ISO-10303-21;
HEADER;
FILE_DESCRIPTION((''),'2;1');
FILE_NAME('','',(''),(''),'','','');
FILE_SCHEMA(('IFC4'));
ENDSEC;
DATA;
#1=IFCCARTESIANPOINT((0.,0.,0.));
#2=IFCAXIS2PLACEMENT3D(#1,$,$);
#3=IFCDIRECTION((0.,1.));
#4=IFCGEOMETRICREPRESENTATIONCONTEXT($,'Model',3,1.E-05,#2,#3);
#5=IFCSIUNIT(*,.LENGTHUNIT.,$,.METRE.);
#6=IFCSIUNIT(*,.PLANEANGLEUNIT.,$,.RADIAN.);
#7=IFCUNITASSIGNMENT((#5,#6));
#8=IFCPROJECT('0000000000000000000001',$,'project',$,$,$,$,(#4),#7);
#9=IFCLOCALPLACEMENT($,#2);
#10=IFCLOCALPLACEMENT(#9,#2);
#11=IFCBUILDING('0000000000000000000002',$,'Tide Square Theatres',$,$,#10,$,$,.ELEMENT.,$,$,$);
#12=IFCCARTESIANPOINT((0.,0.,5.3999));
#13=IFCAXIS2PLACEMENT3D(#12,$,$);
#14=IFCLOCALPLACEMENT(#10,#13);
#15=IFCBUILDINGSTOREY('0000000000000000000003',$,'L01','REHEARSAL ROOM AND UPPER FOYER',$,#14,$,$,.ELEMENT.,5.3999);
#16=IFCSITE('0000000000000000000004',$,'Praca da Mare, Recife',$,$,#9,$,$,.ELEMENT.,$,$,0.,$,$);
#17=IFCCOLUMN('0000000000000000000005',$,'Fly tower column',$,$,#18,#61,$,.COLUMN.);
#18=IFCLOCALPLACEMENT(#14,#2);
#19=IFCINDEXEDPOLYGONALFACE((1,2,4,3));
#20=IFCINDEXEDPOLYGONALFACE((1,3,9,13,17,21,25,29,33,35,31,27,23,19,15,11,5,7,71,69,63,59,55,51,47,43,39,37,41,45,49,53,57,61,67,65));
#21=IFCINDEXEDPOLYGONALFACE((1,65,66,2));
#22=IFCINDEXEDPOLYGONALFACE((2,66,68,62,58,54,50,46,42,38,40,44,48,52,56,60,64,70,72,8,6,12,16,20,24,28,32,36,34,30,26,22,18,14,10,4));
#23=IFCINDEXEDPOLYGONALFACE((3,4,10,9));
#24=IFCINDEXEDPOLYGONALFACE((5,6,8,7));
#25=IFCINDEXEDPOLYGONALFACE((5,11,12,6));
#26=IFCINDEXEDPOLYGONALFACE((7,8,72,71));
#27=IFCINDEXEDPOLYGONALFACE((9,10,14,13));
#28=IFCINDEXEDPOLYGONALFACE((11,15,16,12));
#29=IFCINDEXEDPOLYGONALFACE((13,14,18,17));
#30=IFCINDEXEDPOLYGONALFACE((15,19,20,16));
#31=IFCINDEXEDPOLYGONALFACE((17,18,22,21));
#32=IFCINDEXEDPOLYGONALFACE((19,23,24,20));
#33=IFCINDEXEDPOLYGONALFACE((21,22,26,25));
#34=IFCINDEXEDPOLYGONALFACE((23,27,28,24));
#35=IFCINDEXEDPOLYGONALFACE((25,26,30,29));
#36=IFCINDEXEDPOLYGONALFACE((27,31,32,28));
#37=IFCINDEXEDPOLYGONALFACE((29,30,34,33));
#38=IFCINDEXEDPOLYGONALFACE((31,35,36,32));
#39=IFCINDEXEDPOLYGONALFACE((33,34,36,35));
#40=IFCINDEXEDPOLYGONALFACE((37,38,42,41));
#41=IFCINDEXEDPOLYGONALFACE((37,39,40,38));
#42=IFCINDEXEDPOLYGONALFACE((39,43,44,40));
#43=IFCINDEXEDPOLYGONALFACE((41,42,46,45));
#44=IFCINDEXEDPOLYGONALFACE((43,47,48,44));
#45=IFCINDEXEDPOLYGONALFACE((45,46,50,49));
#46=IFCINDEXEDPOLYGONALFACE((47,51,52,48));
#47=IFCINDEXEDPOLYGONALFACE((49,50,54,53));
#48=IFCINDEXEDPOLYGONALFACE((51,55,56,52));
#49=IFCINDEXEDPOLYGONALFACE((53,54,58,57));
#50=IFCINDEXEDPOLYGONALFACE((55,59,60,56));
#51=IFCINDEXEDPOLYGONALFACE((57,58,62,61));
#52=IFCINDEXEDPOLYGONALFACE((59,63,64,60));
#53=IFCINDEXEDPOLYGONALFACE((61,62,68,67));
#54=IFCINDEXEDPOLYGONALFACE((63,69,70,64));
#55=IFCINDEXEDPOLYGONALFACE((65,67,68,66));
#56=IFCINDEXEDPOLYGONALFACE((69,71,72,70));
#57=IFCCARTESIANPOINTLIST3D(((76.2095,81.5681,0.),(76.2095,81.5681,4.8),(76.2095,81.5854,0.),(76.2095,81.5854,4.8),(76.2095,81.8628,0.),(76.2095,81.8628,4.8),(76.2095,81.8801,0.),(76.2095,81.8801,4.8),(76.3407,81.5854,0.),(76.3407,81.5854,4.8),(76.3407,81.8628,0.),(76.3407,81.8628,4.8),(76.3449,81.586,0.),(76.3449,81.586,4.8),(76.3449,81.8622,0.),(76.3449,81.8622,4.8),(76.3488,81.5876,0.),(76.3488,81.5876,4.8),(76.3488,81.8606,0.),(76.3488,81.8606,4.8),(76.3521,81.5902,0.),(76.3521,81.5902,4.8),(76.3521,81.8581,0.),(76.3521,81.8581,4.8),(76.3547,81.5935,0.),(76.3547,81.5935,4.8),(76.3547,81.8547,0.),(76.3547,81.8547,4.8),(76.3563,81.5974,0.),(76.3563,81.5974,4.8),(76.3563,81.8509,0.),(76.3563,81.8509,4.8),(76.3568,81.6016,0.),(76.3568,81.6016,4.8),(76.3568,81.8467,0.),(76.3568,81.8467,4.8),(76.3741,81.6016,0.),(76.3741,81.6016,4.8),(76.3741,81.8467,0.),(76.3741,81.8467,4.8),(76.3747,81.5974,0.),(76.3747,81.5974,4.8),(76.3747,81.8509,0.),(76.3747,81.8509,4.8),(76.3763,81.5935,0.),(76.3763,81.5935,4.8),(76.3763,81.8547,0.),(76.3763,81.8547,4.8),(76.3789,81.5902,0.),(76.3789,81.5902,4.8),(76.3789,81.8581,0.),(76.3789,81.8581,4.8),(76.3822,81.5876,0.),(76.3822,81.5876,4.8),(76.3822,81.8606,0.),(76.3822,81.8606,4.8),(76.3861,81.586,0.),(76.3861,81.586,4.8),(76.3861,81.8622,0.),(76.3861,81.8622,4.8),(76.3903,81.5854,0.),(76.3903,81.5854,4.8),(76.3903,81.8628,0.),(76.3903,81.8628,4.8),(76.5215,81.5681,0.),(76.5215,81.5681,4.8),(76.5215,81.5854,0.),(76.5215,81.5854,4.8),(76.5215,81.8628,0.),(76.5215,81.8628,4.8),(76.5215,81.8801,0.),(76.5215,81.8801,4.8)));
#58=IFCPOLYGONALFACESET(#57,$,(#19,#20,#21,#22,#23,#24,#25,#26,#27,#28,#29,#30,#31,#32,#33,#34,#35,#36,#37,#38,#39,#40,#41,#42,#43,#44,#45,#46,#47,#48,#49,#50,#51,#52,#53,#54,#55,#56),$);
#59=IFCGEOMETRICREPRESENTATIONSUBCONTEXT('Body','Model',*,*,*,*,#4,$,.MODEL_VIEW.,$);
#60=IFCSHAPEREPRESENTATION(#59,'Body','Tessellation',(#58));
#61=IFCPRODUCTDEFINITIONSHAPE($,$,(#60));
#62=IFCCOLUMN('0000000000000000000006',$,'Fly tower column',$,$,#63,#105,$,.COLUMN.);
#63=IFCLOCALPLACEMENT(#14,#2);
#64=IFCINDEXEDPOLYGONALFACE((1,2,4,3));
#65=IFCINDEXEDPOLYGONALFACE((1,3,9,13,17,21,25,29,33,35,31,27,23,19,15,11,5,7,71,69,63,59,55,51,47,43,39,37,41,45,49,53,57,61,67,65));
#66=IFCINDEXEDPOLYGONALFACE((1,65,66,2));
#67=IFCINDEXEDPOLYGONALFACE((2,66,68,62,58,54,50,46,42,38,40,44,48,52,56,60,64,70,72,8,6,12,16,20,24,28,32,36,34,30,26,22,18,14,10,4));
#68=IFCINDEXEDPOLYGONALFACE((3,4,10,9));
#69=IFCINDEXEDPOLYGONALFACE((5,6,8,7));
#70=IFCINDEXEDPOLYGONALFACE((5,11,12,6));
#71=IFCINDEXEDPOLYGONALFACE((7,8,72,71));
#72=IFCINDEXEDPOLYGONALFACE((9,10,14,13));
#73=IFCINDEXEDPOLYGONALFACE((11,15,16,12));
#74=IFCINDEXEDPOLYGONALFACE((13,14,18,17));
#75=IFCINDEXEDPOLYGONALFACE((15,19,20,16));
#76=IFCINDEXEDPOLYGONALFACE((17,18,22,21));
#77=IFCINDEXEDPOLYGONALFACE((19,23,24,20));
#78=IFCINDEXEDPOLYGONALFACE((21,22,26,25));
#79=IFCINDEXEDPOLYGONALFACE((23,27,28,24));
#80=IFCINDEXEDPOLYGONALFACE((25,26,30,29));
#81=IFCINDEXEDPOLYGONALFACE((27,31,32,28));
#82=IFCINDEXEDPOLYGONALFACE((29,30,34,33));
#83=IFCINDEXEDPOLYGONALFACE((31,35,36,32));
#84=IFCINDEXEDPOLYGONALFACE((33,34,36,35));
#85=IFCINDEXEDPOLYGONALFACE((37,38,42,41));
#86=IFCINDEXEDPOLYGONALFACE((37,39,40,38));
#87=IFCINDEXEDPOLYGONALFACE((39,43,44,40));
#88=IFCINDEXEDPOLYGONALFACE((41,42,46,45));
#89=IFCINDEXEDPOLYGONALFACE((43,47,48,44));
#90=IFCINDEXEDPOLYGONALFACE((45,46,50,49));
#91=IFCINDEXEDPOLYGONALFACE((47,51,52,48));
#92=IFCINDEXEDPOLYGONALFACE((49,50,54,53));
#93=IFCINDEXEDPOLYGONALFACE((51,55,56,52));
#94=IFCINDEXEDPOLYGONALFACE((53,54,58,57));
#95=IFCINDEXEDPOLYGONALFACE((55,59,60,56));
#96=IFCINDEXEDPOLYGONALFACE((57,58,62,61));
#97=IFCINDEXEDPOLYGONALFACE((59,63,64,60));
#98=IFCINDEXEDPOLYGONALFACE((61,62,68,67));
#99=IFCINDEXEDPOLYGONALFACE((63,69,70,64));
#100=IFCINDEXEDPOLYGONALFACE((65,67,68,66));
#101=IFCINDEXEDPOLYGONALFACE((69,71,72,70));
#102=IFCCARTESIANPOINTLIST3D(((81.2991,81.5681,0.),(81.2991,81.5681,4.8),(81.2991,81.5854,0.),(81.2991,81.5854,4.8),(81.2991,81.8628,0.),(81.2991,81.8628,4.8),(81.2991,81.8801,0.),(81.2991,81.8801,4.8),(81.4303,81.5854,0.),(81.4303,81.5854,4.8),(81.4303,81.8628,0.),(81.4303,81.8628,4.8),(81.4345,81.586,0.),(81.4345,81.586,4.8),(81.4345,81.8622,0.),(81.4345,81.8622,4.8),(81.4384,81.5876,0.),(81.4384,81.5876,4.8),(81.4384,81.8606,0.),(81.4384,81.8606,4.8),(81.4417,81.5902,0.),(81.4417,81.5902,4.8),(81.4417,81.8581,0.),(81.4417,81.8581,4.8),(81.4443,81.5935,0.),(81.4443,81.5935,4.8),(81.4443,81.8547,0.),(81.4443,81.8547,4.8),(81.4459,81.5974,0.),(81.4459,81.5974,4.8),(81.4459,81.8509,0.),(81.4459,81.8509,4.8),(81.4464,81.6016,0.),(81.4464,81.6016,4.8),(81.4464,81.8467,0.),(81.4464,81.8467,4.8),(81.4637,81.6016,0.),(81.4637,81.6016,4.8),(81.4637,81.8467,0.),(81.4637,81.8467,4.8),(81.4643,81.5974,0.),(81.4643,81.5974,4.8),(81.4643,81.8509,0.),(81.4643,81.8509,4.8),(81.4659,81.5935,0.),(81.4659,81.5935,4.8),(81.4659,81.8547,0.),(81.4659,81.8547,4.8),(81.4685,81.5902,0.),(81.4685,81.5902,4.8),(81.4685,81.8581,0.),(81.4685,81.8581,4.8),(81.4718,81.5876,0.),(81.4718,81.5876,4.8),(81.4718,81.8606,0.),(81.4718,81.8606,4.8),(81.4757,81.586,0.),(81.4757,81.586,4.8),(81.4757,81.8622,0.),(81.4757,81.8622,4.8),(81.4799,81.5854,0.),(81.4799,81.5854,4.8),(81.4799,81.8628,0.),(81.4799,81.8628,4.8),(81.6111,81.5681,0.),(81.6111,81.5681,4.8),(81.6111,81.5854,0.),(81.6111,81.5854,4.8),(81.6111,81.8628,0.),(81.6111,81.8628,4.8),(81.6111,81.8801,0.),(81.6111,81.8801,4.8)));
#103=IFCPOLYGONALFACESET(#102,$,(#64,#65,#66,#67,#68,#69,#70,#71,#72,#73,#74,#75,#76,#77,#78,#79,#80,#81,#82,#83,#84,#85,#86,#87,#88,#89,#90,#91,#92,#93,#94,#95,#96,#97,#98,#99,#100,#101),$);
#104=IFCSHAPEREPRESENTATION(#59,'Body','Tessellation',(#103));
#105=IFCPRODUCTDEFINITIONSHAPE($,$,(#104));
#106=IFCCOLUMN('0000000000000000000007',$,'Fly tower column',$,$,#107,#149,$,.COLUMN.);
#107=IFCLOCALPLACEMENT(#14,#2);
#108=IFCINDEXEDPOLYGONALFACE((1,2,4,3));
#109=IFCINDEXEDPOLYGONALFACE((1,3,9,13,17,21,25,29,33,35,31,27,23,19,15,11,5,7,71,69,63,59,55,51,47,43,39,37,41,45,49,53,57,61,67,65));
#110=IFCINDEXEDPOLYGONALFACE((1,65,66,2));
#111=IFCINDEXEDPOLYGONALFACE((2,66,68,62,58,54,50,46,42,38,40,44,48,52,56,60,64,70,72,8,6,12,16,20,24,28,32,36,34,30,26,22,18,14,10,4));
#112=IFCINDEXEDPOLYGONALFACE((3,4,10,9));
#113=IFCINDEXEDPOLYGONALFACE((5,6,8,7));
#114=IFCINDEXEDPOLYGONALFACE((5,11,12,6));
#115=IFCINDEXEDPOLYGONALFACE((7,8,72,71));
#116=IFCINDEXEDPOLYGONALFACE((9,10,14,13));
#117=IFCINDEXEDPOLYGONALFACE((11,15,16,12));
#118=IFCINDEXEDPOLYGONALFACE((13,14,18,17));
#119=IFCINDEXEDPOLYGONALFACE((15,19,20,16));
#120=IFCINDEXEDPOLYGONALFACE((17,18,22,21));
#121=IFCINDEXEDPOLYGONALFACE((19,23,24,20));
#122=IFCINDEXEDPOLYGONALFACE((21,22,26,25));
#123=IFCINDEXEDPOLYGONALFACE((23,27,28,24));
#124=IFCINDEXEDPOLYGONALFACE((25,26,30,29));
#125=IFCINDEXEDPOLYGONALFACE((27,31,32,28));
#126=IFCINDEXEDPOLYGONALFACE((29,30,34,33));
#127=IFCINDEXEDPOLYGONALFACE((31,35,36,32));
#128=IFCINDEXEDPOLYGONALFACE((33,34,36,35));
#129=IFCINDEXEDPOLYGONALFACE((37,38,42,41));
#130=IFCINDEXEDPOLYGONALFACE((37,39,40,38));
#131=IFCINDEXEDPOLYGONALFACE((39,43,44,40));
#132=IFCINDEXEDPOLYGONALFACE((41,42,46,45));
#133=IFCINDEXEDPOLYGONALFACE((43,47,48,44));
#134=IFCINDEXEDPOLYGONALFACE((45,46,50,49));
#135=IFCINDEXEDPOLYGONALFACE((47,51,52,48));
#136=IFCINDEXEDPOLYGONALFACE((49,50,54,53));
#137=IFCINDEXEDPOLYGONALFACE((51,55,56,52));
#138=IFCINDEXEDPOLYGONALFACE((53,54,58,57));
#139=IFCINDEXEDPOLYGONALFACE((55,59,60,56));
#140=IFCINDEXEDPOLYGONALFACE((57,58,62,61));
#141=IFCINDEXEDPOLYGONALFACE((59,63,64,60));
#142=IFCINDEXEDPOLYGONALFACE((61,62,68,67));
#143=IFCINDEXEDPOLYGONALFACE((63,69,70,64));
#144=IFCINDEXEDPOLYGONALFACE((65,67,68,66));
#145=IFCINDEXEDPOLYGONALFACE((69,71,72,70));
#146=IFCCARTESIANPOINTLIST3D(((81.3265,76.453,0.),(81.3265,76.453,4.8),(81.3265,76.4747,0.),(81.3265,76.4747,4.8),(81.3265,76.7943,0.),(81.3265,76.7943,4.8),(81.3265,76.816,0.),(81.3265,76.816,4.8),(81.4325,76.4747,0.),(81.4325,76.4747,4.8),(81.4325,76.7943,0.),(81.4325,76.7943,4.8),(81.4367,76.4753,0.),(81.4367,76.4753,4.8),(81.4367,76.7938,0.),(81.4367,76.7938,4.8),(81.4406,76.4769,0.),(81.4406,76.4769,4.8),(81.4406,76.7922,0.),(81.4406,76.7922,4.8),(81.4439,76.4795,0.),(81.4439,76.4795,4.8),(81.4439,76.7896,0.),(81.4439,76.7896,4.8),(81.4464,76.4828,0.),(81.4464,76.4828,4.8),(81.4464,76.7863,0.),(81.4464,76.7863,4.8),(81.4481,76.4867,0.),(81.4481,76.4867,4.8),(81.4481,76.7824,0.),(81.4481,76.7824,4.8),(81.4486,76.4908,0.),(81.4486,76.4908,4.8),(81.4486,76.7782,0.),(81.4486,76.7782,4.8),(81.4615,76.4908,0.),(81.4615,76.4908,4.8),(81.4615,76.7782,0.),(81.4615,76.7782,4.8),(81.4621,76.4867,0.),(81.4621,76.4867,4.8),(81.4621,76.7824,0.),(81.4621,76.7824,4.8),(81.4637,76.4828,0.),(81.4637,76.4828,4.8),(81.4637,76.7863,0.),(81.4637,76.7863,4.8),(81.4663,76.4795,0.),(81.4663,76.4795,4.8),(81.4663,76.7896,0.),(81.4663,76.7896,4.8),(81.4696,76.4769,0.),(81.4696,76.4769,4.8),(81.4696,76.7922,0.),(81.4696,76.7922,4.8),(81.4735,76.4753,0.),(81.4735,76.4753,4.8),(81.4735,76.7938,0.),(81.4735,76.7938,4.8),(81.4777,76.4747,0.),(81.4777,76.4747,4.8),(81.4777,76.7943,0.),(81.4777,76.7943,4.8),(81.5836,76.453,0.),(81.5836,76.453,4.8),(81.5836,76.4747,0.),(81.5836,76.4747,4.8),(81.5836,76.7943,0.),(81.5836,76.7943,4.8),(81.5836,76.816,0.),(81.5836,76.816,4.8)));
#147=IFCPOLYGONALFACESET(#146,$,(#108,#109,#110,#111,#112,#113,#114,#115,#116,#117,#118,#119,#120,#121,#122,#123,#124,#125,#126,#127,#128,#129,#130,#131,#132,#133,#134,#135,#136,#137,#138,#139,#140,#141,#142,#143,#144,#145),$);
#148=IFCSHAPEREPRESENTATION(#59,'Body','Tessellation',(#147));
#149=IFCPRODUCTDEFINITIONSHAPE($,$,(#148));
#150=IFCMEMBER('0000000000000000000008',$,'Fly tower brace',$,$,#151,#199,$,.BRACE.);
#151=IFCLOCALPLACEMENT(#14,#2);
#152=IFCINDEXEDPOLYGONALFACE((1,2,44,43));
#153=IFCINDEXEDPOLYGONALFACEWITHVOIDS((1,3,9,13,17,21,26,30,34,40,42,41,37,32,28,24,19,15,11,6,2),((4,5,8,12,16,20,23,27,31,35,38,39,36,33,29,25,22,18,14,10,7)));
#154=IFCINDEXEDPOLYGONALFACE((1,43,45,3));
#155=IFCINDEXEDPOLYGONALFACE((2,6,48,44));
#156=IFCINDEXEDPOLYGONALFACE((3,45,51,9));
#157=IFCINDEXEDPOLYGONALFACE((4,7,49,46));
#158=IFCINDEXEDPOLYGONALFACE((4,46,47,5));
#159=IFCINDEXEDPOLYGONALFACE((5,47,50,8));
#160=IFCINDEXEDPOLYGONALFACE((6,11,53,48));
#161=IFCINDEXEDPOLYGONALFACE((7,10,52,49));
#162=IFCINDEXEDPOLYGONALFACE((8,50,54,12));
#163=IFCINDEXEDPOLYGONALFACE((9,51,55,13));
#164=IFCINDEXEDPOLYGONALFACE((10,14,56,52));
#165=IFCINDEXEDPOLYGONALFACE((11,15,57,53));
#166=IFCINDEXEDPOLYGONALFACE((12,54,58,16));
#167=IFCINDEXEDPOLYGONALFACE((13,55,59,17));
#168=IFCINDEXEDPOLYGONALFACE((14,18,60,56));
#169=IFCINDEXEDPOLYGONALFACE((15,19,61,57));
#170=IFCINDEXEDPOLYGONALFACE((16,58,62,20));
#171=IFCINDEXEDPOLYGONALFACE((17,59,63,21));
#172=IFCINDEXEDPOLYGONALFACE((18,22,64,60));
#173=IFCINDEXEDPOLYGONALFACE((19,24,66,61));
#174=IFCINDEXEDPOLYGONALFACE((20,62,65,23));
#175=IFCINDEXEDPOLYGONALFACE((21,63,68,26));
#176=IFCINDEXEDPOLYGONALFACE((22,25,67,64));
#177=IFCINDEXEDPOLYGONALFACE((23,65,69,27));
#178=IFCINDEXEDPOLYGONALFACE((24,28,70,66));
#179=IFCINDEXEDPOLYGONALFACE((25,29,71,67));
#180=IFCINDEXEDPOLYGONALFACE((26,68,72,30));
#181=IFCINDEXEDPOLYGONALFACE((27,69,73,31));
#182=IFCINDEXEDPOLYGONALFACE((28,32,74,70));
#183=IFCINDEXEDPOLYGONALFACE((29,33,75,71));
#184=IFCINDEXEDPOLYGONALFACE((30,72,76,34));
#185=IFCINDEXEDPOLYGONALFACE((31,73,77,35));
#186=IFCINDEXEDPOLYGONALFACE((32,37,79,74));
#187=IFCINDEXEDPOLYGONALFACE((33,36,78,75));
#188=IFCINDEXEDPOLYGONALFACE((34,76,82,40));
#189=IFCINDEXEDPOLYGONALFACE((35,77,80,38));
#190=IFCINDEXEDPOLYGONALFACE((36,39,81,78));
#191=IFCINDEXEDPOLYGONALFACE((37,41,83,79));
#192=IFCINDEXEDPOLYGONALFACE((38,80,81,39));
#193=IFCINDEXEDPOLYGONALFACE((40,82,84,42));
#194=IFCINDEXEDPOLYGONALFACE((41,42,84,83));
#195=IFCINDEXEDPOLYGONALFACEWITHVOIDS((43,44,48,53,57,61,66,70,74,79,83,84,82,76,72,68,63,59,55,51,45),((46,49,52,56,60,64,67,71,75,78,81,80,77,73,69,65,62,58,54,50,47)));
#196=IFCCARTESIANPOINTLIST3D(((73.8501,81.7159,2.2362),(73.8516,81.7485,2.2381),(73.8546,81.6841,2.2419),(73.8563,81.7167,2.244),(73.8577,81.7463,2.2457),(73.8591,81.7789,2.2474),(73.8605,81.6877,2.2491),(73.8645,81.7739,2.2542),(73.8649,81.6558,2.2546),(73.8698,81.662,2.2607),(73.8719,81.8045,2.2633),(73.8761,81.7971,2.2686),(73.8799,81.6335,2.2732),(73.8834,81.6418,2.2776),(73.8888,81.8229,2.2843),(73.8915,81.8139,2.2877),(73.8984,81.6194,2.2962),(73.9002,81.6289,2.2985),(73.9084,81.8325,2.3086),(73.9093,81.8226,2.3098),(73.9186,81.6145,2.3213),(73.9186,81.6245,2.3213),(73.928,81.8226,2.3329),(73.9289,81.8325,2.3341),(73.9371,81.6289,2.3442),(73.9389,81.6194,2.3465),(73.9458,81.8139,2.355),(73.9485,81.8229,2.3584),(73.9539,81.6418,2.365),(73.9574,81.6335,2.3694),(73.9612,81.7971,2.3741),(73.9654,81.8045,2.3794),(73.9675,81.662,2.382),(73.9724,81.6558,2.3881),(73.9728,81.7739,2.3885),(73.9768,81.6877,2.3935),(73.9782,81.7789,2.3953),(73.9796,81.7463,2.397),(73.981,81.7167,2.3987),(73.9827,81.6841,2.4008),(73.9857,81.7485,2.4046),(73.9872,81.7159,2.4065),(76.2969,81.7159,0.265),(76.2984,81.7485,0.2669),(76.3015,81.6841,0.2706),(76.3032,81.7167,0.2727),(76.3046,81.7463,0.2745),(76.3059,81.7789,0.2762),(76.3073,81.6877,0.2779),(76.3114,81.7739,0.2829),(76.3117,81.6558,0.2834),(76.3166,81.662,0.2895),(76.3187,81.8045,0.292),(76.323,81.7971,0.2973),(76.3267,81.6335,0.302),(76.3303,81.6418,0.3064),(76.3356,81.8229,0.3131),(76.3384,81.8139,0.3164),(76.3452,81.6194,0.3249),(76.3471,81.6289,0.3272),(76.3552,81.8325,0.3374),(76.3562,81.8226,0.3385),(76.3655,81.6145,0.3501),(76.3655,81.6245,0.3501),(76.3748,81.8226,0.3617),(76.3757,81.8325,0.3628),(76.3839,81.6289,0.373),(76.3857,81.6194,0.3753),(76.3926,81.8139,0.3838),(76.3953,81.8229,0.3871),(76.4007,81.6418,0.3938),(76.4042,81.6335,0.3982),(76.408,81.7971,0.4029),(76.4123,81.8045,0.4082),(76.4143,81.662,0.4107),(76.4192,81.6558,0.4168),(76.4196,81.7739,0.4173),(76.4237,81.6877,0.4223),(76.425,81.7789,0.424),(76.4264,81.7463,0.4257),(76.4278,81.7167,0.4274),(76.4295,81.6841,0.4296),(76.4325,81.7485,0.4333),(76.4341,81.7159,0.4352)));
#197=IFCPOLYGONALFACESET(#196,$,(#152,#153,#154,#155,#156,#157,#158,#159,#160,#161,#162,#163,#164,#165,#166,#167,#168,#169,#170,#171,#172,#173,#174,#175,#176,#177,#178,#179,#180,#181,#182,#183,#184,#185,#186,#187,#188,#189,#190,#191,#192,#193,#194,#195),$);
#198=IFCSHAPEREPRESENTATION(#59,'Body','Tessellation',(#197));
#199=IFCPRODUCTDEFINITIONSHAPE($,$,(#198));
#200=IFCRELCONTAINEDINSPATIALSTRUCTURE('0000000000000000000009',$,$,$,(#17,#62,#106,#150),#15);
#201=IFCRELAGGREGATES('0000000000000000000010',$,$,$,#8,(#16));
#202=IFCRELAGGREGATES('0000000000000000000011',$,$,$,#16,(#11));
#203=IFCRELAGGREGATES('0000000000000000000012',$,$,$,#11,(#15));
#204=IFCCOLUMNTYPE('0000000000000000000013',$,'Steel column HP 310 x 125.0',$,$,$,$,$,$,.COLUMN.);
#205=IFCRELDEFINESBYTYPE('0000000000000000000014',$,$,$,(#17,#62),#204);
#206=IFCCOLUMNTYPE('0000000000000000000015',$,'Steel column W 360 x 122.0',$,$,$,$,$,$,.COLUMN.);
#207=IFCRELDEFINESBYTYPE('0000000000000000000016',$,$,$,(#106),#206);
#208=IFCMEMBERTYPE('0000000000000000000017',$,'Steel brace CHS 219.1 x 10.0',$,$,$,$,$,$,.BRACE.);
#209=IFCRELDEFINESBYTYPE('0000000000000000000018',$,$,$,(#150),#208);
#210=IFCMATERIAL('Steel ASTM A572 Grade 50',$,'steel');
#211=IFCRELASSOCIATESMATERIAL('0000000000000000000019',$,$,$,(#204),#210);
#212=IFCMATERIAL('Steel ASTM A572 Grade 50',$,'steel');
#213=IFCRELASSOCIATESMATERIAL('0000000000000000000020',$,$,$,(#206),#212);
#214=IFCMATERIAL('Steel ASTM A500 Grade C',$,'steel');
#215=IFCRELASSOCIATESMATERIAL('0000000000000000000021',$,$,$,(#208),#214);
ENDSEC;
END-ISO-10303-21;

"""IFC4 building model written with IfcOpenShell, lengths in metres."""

from ifc_helpers import new_model, si_unit, direction, frame, origin, origin_2d, place, context, subcontext, project, spatial, hollow_circle, i_section, extrude, material, material_profile, profile_set, type_object, element, save


model = new_model("IFC4")

# Units and contexts
model_context = context("Model", 3, precision=1e-05, world=origin(), true_north=direction((0.0, 1.0)))
body_context = subcontext(model_context, "Body", "Model", "MODEL_VIEW")
ifc_project = project(units=[si_unit("LENGTHUNIT", "METRE"), si_unit("PLANEANGLEUNIT", "RADIAN")], contexts=[model_context])

# Site, building, storey
site_placement = place(None, origin())
site = spatial("IfcSite", under=ifc_project, at=site_placement, Name="Praca da Mare, Recife", CompositionType="ELEMENT", RefElevation=0.0)
building_placement = place(site_placement, origin())
building = spatial("IfcBuilding", under=site, at=building_placement, Name="Tide Square Theatres", CompositionType="ELEMENT")
storey_placement = place(building_placement, frame((0.0, 0.0, 5.3999)))
storey = spatial("IfcBuildingStorey", under=building, at=storey_placement, Name="L01", Description="REHEARSAL ROOM AND UPPER FOYER", CompositionType="ELEMENT", Elevation=5.3999)

# Columns
ifc_material_1 = material(Name="Steel ASTM A572 Grade 50", Category="steel")
ifc_material_profile_1 = material_profile(ifc_material_1, i_section(OverallWidth=0.312, OverallDepth=0.312, WebThickness=0.0173, FlangeThickness=0.0173, FilletRadius=0.0161, at=origin_2d()))
ifc_profile_set_1 = profile_set([ifc_material_profile_1], Name="Steel ASTM A572 Grade 50")
column_type_1 = type_object("IfcColumnType", Name="Steel column HP 310 x 125.0", PredefinedType="COLUMN", material=ifc_profile_set_1)
for number, where, z_axis, x_axis, name in (
    (1, (76.3655, 81.7241, 0.0), (0.0, 0.0, 1.0), (1.0, 0.0, 0.0), "Fly tower column"),
    (2, (81.4551, 81.7241, 0.0), (0.0, 0.0, 1.0), (1.0, 0.0, 0.0), "Fly tower column"),
):
    element("IfcColumn", number, at=place(storey_placement, frame(where, z_axis=z_axis, x_axis=x_axis)), inside=storey, type_object=column_type_1, Name=name, PredefinedType="COLUMN", context=body_context, shape_type="SweptSolid", body=[
        extrude(i_section(OverallWidth=0.312, OverallDepth=0.312, WebThickness=0.0173, FlangeThickness=0.0173, FilletRadius=0.0161, at=origin_2d()), origin(), (0.0, 0.0, 1.0), 4.8),
    ])
ifc_material_2 = material(Name="Steel ASTM A572 Grade 50", Category="steel")
ifc_material_profile_2 = material_profile(ifc_material_2, i_section(OverallWidth=0.2571, OverallDepth=0.363, WebThickness=0.0129, FlangeThickness=0.0217, FilletRadius=0.0161, at=origin_2d()))
ifc_profile_set_2 = profile_set([ifc_material_profile_2], Name="Steel ASTM A572 Grade 50")
column_type_2 = type_object("IfcColumnType", Name="Steel column W 360 x 122.0", PredefinedType="COLUMN", material=ifc_profile_set_2)
column_placement = place(storey_placement, frame((81.4551, 76.6345, 0.0), z_axis=(0.0, 0.0, 1.0), x_axis=(1.0, 0.0, 0.0)))
element("IfcColumn", 3, at=column_placement, inside=storey, type_object=column_type_2, Name="Fly tower column", PredefinedType="COLUMN", context=body_context, shape_type="SweptSolid", body=[
    extrude(i_section(OverallWidth=0.2571, OverallDepth=0.363, WebThickness=0.0129, FlangeThickness=0.0217, FilletRadius=0.0161, at=origin_2d()), origin(), (0.0, 0.0, 1.0), 4.8),
])

# Member
ifc_material_3 = material(Name="Steel ASTM A500 Grade C", Category="steel")
ifc_material_profile_3 = material_profile(ifc_material_3, hollow_circle(Radius=0.1096, WallThickness=0.01, at=origin_2d()))
ifc_profile_set_3 = profile_set([ifc_material_profile_3], Name="Steel ASTM A500 Grade C")
member_type_1 = type_object("IfcMemberType", Name="Steel brace CHS 219.1 x 10.0", PredefinedType="BRACE", material=ifc_profile_set_3)
member_1_placement = place(storey_placement, frame((76.3655, 81.7241, 0.3501), z_axis=(-0.778726, 0.0, 0.627364), x_axis=(0.0, -1.0, 0.0)))
element("IfcMember", 4, at=member_1_placement, inside=storey, type_object=member_type_1, Name="Fly tower brace", PredefinedType="BRACE", context=body_context, shape_type="SweptSolid", body=[
    extrude(hollow_circle(Radius=0.1096, WallThickness=0.01, at=origin_2d()), origin(), (0.0, 0.0, 1.0), 3.1421),
])

save(model, "model.ifc")
